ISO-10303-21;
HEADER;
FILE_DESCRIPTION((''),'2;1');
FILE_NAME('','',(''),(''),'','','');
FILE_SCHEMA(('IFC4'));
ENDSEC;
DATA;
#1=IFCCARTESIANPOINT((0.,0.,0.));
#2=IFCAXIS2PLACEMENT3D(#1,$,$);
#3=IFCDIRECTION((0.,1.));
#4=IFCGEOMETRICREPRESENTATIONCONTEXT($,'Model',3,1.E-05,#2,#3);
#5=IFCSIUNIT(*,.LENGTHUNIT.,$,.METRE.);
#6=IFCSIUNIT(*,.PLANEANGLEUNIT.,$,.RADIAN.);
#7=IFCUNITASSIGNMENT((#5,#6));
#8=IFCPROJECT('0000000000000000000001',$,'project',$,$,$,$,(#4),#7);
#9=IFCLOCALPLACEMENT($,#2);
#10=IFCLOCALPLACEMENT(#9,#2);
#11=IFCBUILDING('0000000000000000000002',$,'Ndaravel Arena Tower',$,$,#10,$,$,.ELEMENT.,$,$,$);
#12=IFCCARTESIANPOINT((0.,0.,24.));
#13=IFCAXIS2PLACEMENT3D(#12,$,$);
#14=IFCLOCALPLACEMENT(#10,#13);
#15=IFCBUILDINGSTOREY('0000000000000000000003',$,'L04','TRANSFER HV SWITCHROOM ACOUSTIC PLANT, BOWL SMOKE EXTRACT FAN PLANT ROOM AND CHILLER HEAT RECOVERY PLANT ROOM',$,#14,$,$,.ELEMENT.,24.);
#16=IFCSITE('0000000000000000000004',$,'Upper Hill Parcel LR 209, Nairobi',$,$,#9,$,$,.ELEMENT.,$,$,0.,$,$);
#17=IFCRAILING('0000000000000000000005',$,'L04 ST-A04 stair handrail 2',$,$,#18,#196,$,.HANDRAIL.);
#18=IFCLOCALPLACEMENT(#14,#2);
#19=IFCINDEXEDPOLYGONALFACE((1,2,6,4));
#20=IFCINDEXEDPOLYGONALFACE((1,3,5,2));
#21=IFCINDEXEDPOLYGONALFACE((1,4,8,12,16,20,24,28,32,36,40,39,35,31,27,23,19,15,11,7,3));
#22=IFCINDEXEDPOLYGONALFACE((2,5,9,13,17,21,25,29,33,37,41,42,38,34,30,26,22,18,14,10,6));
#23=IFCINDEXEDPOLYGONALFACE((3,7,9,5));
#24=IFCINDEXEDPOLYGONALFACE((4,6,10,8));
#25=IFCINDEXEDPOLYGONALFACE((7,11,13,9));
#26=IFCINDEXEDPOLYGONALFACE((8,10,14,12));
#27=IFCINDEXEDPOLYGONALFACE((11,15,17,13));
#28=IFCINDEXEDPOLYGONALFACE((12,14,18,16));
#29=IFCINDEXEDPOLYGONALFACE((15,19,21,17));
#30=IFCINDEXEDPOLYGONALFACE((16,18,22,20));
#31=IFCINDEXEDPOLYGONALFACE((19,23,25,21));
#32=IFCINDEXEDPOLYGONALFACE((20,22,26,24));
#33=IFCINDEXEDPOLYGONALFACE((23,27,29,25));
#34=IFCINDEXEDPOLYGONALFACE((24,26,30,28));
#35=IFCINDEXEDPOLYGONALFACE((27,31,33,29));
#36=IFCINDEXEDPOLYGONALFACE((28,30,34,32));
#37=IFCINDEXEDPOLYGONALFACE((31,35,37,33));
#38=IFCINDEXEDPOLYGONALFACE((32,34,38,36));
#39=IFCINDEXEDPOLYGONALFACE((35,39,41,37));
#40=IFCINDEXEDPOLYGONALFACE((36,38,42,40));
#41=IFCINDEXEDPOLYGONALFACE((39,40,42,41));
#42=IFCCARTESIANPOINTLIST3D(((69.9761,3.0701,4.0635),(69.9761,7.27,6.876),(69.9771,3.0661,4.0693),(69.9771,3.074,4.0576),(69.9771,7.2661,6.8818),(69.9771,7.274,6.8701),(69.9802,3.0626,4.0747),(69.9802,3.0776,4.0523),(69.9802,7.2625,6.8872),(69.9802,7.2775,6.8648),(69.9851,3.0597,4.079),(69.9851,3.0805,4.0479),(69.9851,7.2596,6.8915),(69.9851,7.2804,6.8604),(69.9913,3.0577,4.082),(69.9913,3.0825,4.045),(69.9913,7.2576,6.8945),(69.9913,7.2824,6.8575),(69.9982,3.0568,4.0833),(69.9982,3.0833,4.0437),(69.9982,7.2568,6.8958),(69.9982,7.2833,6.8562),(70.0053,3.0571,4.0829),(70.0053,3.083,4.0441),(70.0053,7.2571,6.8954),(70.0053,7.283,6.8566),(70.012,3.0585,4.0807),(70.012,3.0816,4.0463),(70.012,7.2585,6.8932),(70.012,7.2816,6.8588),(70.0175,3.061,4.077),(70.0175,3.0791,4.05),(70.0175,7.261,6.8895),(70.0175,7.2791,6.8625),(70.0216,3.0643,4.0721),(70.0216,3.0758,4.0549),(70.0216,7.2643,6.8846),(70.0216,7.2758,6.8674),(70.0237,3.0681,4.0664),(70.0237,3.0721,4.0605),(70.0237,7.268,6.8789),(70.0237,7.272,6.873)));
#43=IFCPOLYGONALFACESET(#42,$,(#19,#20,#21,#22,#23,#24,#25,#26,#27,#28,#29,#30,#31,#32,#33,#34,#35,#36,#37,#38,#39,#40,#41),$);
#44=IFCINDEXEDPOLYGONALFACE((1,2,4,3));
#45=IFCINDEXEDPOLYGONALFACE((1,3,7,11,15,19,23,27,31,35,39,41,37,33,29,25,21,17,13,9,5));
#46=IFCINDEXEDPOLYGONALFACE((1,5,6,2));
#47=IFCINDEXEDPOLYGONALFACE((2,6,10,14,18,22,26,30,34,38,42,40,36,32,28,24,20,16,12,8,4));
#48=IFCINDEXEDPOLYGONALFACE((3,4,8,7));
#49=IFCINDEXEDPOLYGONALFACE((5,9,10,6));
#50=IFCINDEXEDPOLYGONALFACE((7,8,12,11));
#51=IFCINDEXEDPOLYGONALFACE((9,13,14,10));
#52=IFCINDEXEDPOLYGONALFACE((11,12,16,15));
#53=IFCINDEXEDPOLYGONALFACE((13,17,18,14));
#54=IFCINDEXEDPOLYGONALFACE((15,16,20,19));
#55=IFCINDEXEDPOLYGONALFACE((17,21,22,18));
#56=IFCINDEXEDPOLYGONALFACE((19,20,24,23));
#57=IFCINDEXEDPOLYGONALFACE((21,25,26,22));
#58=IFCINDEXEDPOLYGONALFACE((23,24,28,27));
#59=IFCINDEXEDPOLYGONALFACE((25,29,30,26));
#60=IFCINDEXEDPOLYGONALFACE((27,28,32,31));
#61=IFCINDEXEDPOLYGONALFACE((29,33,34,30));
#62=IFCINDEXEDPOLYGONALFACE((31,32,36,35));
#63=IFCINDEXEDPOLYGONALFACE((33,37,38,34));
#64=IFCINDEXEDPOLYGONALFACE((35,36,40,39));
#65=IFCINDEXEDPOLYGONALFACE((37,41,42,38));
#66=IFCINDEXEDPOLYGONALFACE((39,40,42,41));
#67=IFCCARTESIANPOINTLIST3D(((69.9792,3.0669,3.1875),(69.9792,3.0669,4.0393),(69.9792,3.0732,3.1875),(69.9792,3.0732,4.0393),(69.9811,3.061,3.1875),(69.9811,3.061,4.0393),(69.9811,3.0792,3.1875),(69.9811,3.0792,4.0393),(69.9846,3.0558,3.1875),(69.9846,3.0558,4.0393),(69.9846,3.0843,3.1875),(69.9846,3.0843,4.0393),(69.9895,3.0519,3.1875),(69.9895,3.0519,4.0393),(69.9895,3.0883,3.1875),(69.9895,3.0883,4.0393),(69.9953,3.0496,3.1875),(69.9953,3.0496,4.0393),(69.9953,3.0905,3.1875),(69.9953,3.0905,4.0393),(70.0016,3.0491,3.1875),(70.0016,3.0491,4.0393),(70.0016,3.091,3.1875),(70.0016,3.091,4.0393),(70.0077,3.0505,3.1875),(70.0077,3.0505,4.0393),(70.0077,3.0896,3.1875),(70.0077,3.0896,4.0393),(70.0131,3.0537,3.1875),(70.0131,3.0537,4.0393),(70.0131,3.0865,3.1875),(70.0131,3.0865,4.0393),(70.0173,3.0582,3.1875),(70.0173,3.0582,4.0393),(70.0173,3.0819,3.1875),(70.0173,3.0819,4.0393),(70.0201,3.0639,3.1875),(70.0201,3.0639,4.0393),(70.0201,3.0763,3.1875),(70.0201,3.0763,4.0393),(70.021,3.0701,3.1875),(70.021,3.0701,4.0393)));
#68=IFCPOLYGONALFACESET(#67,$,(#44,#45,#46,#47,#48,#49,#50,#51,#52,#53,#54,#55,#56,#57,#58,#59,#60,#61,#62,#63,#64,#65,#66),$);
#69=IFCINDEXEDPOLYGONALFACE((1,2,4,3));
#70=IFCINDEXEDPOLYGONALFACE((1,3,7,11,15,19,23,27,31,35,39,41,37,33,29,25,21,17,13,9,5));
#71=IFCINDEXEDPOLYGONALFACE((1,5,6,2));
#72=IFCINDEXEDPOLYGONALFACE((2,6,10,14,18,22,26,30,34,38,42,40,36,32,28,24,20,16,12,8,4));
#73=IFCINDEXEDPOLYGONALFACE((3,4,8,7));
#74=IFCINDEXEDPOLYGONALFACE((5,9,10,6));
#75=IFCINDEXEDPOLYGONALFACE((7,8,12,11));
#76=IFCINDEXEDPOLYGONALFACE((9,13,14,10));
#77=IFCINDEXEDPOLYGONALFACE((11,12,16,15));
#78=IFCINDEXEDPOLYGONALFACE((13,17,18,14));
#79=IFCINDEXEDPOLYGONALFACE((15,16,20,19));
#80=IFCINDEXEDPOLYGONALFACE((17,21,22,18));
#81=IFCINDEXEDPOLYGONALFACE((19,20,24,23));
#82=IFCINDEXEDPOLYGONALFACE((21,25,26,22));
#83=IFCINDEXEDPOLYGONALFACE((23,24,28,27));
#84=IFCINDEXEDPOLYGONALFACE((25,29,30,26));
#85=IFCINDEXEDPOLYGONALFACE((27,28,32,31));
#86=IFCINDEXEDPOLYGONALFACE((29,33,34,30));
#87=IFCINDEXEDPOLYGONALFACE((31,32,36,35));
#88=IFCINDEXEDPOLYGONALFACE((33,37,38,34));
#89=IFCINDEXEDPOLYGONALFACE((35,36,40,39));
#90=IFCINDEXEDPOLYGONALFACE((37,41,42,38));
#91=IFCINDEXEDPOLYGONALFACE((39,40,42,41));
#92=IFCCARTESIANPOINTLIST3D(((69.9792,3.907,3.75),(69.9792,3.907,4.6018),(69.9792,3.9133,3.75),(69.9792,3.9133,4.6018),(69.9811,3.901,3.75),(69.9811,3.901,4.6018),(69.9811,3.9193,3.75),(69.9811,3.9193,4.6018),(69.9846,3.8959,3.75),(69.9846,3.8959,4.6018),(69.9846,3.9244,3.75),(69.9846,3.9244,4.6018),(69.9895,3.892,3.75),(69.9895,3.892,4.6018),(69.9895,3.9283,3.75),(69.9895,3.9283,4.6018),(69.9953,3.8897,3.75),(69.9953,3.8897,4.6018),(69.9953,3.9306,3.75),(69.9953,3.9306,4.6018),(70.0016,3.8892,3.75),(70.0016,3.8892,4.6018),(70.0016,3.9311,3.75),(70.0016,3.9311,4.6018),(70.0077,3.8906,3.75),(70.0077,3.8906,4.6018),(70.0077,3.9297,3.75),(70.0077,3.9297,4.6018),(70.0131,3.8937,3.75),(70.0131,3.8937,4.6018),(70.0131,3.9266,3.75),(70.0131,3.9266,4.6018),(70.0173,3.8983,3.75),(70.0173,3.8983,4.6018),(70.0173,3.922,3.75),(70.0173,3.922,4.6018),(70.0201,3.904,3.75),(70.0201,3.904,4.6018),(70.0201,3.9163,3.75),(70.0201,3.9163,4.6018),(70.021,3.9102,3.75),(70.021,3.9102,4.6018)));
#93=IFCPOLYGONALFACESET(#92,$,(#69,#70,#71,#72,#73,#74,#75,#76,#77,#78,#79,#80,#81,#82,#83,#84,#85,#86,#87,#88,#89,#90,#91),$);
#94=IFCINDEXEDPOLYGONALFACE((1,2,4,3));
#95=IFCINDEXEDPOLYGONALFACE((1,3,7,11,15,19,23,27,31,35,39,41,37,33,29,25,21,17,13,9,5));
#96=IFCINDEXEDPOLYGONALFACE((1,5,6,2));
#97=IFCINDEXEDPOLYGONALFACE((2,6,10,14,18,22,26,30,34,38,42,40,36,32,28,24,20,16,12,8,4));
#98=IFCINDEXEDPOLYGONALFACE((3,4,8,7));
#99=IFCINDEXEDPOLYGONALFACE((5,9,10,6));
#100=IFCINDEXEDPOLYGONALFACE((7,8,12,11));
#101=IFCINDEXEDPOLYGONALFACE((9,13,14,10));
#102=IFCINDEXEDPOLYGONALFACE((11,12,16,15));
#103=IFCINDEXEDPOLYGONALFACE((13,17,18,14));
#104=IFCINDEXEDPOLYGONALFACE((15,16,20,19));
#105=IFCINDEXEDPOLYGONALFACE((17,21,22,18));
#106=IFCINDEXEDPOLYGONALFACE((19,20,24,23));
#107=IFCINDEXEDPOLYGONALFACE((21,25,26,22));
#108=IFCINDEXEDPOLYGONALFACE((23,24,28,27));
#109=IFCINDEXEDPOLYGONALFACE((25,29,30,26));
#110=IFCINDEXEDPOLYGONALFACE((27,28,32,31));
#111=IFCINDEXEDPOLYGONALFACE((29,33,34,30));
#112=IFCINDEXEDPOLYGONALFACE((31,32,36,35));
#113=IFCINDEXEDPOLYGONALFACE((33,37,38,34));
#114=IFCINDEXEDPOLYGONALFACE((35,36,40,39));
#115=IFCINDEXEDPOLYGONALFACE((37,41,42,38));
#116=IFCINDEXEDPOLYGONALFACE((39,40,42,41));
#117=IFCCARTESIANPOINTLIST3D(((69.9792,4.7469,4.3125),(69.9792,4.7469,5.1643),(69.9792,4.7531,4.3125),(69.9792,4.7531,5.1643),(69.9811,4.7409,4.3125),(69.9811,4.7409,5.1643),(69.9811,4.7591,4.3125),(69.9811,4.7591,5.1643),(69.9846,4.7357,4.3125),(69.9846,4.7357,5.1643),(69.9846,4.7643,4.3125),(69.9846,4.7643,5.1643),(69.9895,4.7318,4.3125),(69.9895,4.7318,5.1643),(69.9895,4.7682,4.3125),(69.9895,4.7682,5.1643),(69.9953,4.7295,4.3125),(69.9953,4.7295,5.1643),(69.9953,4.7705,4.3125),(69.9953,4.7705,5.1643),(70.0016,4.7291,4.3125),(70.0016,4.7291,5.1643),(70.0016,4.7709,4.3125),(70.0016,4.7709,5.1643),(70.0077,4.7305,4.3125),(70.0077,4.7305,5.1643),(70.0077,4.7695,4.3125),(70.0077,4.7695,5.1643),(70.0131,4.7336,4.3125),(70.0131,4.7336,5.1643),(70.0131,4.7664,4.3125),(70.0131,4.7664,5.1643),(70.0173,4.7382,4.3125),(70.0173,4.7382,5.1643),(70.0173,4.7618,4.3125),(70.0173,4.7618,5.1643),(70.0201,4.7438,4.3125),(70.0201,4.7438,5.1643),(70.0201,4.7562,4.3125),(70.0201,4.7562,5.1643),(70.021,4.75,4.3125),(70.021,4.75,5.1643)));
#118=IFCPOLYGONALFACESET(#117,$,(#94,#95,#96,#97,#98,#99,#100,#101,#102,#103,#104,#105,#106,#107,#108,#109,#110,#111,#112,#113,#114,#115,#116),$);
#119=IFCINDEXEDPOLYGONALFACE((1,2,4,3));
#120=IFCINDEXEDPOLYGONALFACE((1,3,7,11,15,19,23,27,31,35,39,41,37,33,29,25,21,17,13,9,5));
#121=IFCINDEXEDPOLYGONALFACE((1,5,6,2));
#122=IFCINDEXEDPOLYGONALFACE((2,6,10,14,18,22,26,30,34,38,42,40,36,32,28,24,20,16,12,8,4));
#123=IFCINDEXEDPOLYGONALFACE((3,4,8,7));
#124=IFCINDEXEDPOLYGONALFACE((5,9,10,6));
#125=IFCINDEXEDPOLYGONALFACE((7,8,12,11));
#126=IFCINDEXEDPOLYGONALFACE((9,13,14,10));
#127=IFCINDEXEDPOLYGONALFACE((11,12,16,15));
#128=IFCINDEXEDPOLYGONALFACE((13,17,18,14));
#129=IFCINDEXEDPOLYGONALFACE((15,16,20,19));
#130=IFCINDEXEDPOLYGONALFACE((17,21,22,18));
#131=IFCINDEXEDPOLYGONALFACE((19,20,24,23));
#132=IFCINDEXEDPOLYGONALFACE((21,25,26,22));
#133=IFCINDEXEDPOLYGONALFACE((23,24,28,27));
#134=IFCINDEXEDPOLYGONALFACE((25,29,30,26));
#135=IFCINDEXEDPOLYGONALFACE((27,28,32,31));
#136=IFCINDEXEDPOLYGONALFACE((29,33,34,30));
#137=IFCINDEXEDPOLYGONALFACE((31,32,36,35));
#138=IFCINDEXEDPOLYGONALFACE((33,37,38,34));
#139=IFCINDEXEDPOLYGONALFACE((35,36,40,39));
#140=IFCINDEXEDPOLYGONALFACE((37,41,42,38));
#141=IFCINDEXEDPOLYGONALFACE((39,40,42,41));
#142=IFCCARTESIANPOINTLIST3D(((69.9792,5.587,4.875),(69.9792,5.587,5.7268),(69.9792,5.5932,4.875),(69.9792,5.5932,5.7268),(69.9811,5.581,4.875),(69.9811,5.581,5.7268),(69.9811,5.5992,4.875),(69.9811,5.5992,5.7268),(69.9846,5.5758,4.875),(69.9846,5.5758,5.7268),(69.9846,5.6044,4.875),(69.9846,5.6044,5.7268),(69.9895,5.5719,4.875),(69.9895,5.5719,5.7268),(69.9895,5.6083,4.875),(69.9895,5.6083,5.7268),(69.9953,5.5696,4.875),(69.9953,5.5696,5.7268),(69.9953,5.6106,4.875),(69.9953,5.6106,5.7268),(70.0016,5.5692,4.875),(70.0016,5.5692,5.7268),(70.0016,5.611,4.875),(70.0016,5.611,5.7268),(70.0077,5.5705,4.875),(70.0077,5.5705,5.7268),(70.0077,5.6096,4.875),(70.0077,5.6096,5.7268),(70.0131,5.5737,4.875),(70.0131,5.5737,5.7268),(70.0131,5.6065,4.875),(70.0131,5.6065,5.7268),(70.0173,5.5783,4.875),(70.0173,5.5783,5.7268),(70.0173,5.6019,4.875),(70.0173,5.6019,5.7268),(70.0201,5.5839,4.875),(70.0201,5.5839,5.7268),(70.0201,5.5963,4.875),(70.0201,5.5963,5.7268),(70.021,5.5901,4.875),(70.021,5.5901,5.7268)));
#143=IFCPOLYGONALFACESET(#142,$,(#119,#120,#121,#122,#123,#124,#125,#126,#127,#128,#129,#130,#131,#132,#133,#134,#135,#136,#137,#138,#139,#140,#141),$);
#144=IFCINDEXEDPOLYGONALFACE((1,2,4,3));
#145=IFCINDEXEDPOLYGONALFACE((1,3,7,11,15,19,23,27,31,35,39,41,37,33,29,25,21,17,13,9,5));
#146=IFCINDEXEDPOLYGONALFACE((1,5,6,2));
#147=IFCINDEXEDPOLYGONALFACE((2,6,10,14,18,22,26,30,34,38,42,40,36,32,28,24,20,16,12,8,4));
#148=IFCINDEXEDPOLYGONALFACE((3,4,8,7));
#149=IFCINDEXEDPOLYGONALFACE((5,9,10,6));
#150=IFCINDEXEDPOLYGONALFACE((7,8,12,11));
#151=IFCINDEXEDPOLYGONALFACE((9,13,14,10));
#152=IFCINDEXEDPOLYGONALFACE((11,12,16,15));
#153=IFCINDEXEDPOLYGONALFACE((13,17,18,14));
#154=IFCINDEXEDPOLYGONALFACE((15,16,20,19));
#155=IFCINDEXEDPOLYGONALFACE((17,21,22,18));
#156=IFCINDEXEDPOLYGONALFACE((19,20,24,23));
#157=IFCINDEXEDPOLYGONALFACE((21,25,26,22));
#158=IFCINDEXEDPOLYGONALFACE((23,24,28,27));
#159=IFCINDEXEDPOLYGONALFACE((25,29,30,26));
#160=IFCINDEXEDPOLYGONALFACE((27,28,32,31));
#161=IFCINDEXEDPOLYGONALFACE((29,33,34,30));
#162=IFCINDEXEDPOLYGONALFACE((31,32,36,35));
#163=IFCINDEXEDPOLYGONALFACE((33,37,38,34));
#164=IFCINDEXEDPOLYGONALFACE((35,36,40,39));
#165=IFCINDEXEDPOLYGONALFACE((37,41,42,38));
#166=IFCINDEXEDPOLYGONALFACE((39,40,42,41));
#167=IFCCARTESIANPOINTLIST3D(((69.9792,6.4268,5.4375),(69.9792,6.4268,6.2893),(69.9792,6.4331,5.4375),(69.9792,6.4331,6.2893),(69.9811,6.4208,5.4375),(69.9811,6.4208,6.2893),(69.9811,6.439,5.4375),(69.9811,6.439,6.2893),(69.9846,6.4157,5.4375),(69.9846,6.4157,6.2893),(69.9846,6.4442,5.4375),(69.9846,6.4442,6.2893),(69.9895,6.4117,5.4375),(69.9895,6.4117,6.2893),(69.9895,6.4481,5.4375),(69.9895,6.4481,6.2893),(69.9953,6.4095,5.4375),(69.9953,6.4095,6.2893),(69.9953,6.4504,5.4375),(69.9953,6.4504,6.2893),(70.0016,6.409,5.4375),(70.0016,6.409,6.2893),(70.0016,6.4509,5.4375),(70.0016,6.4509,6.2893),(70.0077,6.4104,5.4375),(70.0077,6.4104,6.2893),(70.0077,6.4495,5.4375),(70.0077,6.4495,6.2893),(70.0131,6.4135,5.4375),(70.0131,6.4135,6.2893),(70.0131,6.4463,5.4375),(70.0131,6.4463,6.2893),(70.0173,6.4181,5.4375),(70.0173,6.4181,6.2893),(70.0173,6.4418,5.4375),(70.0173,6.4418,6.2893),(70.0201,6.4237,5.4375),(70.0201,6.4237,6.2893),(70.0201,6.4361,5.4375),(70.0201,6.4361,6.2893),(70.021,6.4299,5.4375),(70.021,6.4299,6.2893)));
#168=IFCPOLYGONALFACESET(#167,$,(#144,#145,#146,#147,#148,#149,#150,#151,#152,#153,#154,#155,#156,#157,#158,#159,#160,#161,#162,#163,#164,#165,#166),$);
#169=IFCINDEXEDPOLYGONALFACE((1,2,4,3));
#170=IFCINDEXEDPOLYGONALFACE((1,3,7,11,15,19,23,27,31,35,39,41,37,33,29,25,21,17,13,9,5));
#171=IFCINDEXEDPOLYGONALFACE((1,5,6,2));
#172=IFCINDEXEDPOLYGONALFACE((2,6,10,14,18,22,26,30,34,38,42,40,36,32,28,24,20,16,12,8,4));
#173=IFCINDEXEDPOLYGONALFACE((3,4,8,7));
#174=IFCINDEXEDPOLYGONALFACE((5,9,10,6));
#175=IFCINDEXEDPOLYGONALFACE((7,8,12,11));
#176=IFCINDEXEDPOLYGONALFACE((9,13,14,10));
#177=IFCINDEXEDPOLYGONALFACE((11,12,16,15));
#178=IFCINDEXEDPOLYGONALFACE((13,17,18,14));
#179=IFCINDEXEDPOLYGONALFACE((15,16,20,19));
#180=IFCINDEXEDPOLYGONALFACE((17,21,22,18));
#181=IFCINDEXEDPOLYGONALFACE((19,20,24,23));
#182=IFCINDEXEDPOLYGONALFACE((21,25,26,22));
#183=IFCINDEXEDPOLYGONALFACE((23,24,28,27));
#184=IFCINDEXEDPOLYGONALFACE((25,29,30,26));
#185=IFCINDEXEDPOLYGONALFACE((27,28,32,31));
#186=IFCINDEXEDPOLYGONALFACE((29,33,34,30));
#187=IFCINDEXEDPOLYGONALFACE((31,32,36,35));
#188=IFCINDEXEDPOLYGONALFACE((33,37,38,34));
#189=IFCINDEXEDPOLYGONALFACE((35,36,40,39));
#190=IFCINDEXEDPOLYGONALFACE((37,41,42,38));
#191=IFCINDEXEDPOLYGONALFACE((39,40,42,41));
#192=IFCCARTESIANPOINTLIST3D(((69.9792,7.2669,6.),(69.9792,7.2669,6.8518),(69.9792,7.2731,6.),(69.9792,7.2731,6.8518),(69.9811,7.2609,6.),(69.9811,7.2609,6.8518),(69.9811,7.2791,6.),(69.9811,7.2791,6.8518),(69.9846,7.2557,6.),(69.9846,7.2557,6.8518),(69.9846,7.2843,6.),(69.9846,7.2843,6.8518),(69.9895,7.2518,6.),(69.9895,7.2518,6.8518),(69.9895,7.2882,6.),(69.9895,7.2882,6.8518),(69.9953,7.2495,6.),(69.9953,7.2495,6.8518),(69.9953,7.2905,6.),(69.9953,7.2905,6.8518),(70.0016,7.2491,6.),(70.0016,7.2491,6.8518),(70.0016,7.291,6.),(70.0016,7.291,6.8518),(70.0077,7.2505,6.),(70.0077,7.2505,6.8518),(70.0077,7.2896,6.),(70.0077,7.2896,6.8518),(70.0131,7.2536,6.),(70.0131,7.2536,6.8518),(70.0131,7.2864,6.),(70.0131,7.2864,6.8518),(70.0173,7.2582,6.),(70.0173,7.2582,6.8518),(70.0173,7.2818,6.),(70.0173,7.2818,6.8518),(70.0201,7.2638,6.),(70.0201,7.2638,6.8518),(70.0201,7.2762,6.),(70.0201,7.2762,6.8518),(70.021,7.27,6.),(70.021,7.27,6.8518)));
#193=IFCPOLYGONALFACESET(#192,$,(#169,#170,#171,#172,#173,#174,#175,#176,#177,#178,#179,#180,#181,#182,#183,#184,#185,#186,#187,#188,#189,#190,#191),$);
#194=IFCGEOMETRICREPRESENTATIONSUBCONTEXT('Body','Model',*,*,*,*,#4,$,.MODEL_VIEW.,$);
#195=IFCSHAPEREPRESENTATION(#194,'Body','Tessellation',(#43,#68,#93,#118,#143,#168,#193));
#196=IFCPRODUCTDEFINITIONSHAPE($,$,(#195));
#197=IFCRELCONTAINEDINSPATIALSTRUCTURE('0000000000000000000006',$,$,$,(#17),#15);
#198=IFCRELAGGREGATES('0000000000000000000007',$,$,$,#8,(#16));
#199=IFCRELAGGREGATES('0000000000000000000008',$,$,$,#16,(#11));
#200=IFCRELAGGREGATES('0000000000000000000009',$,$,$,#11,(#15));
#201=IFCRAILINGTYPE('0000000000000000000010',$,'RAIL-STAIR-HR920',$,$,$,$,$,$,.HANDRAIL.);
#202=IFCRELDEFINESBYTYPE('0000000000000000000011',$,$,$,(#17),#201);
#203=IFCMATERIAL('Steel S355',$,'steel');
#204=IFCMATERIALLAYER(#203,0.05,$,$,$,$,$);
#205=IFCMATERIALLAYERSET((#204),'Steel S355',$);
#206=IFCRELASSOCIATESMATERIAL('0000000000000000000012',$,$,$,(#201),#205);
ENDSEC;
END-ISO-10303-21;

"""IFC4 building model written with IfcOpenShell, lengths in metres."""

from ifc_helpers import new_model, si_unit, direction, frame, origin, origin_2d, place, context, subcontext, project, spatial, circle, extrude, material, layer, layer_set, type_object, element, save


model = new_model("IFC4")

# Units and contexts
model_context = context("Model", 3, precision=1e-05, world=origin(), true_north=direction((0.0, 1.0)))
body_context = subcontext(model_context, "Body", "Model", "MODEL_VIEW")
ifc_project = project(units=[si_unit("LENGTHUNIT", "METRE"), si_unit("PLANEANGLEUNIT", "RADIAN")], contexts=[model_context])

# Site, building, storey
site_placement = place(None, origin())
site = spatial("IfcSite", under=ifc_project, at=site_placement, Name="Upper Hill Parcel LR 209, Nairobi", CompositionType="ELEMENT", RefElevation=0.0)
building_placement = place(site_placement, origin())
building = spatial("IfcBuilding", under=site, at=building_placement, Name="Ndaravel Arena Tower", CompositionType="ELEMENT")
storey_placement = place(building_placement, frame((0.0, 0.0, 24.0)))
storey = spatial("IfcBuildingStorey", under=building, at=storey_placement, Name="L04", Description="TRANSFER HV SWITCHROOM ACOUSTIC PLANT, BOWL SMOKE EXTRACT FAN PLANT ROOM AND CHILLER HEAT RECOVERY PLANT ROOM", CompositionType="ELEMENT", Elevation=24.0)

# Railing
ifc_material_1 = material(Name="Steel S355", Category="steel")
ifc_layer_1 = layer(ifc_material_1, 0.05)
ifc_layer_set_1 = layer_set([ifc_layer_1], Name="Steel S355")
railing_type_1 = type_object("IfcRailingType", Name="RAIL-STAIR-HR920", PredefinedType="HANDRAIL", material=ifc_layer_set_1)
railing_1_placement = place(storey_placement, frame((70.0, 3.0701, 3.1875)))
element("IfcRailing", 1, at=railing_1_placement, inside=storey, type_object=railing_type_1, Name="L04 ST-A04 stair handrail 2", PredefinedType="HANDRAIL", context=body_context, shape_type="SweptSolid", body=[
    extrude(circle(Radius=0.0239, at=origin_2d()), frame((0.0, 0.0, 0.876), z_axis=(0.0, 0.830904, 0.556416), x_axis=(-1.0, 0.0, 0.0)), (0.0, 0.0, 1.0), 5.0547),
    extrude(circle(Radius=0.021, at=origin_2d()), origin(), (0.0, 0.0, 1.0), 0.8518),
    extrude(circle(Radius=0.021, at=origin_2d()), frame((0.0, 0.8401, 0.5625)), (0.0, 0.0, 1.0), 0.8518),
    extrude(circle(Radius=0.021, at=origin_2d()), frame((0.0, 1.6799, 1.125)), (0.0, 0.0, 1.0), 0.8518),
    extrude(circle(Radius=0.021, at=origin_2d()), frame((0.0, 2.52, 1.6875)), (0.0, 0.0, 1.0), 0.8518),
    extrude(circle(Radius=0.021, at=origin_2d()), frame((0.0, 3.3599, 2.25)), (0.0, 0.0, 1.0), 0.8518),
    extrude(circle(Radius=0.021, at=origin_2d()), frame((0.0, 4.2, 2.8125)), (0.0, 0.0, 1.0), 0.8518),
])

save(model, "model.ifc")
